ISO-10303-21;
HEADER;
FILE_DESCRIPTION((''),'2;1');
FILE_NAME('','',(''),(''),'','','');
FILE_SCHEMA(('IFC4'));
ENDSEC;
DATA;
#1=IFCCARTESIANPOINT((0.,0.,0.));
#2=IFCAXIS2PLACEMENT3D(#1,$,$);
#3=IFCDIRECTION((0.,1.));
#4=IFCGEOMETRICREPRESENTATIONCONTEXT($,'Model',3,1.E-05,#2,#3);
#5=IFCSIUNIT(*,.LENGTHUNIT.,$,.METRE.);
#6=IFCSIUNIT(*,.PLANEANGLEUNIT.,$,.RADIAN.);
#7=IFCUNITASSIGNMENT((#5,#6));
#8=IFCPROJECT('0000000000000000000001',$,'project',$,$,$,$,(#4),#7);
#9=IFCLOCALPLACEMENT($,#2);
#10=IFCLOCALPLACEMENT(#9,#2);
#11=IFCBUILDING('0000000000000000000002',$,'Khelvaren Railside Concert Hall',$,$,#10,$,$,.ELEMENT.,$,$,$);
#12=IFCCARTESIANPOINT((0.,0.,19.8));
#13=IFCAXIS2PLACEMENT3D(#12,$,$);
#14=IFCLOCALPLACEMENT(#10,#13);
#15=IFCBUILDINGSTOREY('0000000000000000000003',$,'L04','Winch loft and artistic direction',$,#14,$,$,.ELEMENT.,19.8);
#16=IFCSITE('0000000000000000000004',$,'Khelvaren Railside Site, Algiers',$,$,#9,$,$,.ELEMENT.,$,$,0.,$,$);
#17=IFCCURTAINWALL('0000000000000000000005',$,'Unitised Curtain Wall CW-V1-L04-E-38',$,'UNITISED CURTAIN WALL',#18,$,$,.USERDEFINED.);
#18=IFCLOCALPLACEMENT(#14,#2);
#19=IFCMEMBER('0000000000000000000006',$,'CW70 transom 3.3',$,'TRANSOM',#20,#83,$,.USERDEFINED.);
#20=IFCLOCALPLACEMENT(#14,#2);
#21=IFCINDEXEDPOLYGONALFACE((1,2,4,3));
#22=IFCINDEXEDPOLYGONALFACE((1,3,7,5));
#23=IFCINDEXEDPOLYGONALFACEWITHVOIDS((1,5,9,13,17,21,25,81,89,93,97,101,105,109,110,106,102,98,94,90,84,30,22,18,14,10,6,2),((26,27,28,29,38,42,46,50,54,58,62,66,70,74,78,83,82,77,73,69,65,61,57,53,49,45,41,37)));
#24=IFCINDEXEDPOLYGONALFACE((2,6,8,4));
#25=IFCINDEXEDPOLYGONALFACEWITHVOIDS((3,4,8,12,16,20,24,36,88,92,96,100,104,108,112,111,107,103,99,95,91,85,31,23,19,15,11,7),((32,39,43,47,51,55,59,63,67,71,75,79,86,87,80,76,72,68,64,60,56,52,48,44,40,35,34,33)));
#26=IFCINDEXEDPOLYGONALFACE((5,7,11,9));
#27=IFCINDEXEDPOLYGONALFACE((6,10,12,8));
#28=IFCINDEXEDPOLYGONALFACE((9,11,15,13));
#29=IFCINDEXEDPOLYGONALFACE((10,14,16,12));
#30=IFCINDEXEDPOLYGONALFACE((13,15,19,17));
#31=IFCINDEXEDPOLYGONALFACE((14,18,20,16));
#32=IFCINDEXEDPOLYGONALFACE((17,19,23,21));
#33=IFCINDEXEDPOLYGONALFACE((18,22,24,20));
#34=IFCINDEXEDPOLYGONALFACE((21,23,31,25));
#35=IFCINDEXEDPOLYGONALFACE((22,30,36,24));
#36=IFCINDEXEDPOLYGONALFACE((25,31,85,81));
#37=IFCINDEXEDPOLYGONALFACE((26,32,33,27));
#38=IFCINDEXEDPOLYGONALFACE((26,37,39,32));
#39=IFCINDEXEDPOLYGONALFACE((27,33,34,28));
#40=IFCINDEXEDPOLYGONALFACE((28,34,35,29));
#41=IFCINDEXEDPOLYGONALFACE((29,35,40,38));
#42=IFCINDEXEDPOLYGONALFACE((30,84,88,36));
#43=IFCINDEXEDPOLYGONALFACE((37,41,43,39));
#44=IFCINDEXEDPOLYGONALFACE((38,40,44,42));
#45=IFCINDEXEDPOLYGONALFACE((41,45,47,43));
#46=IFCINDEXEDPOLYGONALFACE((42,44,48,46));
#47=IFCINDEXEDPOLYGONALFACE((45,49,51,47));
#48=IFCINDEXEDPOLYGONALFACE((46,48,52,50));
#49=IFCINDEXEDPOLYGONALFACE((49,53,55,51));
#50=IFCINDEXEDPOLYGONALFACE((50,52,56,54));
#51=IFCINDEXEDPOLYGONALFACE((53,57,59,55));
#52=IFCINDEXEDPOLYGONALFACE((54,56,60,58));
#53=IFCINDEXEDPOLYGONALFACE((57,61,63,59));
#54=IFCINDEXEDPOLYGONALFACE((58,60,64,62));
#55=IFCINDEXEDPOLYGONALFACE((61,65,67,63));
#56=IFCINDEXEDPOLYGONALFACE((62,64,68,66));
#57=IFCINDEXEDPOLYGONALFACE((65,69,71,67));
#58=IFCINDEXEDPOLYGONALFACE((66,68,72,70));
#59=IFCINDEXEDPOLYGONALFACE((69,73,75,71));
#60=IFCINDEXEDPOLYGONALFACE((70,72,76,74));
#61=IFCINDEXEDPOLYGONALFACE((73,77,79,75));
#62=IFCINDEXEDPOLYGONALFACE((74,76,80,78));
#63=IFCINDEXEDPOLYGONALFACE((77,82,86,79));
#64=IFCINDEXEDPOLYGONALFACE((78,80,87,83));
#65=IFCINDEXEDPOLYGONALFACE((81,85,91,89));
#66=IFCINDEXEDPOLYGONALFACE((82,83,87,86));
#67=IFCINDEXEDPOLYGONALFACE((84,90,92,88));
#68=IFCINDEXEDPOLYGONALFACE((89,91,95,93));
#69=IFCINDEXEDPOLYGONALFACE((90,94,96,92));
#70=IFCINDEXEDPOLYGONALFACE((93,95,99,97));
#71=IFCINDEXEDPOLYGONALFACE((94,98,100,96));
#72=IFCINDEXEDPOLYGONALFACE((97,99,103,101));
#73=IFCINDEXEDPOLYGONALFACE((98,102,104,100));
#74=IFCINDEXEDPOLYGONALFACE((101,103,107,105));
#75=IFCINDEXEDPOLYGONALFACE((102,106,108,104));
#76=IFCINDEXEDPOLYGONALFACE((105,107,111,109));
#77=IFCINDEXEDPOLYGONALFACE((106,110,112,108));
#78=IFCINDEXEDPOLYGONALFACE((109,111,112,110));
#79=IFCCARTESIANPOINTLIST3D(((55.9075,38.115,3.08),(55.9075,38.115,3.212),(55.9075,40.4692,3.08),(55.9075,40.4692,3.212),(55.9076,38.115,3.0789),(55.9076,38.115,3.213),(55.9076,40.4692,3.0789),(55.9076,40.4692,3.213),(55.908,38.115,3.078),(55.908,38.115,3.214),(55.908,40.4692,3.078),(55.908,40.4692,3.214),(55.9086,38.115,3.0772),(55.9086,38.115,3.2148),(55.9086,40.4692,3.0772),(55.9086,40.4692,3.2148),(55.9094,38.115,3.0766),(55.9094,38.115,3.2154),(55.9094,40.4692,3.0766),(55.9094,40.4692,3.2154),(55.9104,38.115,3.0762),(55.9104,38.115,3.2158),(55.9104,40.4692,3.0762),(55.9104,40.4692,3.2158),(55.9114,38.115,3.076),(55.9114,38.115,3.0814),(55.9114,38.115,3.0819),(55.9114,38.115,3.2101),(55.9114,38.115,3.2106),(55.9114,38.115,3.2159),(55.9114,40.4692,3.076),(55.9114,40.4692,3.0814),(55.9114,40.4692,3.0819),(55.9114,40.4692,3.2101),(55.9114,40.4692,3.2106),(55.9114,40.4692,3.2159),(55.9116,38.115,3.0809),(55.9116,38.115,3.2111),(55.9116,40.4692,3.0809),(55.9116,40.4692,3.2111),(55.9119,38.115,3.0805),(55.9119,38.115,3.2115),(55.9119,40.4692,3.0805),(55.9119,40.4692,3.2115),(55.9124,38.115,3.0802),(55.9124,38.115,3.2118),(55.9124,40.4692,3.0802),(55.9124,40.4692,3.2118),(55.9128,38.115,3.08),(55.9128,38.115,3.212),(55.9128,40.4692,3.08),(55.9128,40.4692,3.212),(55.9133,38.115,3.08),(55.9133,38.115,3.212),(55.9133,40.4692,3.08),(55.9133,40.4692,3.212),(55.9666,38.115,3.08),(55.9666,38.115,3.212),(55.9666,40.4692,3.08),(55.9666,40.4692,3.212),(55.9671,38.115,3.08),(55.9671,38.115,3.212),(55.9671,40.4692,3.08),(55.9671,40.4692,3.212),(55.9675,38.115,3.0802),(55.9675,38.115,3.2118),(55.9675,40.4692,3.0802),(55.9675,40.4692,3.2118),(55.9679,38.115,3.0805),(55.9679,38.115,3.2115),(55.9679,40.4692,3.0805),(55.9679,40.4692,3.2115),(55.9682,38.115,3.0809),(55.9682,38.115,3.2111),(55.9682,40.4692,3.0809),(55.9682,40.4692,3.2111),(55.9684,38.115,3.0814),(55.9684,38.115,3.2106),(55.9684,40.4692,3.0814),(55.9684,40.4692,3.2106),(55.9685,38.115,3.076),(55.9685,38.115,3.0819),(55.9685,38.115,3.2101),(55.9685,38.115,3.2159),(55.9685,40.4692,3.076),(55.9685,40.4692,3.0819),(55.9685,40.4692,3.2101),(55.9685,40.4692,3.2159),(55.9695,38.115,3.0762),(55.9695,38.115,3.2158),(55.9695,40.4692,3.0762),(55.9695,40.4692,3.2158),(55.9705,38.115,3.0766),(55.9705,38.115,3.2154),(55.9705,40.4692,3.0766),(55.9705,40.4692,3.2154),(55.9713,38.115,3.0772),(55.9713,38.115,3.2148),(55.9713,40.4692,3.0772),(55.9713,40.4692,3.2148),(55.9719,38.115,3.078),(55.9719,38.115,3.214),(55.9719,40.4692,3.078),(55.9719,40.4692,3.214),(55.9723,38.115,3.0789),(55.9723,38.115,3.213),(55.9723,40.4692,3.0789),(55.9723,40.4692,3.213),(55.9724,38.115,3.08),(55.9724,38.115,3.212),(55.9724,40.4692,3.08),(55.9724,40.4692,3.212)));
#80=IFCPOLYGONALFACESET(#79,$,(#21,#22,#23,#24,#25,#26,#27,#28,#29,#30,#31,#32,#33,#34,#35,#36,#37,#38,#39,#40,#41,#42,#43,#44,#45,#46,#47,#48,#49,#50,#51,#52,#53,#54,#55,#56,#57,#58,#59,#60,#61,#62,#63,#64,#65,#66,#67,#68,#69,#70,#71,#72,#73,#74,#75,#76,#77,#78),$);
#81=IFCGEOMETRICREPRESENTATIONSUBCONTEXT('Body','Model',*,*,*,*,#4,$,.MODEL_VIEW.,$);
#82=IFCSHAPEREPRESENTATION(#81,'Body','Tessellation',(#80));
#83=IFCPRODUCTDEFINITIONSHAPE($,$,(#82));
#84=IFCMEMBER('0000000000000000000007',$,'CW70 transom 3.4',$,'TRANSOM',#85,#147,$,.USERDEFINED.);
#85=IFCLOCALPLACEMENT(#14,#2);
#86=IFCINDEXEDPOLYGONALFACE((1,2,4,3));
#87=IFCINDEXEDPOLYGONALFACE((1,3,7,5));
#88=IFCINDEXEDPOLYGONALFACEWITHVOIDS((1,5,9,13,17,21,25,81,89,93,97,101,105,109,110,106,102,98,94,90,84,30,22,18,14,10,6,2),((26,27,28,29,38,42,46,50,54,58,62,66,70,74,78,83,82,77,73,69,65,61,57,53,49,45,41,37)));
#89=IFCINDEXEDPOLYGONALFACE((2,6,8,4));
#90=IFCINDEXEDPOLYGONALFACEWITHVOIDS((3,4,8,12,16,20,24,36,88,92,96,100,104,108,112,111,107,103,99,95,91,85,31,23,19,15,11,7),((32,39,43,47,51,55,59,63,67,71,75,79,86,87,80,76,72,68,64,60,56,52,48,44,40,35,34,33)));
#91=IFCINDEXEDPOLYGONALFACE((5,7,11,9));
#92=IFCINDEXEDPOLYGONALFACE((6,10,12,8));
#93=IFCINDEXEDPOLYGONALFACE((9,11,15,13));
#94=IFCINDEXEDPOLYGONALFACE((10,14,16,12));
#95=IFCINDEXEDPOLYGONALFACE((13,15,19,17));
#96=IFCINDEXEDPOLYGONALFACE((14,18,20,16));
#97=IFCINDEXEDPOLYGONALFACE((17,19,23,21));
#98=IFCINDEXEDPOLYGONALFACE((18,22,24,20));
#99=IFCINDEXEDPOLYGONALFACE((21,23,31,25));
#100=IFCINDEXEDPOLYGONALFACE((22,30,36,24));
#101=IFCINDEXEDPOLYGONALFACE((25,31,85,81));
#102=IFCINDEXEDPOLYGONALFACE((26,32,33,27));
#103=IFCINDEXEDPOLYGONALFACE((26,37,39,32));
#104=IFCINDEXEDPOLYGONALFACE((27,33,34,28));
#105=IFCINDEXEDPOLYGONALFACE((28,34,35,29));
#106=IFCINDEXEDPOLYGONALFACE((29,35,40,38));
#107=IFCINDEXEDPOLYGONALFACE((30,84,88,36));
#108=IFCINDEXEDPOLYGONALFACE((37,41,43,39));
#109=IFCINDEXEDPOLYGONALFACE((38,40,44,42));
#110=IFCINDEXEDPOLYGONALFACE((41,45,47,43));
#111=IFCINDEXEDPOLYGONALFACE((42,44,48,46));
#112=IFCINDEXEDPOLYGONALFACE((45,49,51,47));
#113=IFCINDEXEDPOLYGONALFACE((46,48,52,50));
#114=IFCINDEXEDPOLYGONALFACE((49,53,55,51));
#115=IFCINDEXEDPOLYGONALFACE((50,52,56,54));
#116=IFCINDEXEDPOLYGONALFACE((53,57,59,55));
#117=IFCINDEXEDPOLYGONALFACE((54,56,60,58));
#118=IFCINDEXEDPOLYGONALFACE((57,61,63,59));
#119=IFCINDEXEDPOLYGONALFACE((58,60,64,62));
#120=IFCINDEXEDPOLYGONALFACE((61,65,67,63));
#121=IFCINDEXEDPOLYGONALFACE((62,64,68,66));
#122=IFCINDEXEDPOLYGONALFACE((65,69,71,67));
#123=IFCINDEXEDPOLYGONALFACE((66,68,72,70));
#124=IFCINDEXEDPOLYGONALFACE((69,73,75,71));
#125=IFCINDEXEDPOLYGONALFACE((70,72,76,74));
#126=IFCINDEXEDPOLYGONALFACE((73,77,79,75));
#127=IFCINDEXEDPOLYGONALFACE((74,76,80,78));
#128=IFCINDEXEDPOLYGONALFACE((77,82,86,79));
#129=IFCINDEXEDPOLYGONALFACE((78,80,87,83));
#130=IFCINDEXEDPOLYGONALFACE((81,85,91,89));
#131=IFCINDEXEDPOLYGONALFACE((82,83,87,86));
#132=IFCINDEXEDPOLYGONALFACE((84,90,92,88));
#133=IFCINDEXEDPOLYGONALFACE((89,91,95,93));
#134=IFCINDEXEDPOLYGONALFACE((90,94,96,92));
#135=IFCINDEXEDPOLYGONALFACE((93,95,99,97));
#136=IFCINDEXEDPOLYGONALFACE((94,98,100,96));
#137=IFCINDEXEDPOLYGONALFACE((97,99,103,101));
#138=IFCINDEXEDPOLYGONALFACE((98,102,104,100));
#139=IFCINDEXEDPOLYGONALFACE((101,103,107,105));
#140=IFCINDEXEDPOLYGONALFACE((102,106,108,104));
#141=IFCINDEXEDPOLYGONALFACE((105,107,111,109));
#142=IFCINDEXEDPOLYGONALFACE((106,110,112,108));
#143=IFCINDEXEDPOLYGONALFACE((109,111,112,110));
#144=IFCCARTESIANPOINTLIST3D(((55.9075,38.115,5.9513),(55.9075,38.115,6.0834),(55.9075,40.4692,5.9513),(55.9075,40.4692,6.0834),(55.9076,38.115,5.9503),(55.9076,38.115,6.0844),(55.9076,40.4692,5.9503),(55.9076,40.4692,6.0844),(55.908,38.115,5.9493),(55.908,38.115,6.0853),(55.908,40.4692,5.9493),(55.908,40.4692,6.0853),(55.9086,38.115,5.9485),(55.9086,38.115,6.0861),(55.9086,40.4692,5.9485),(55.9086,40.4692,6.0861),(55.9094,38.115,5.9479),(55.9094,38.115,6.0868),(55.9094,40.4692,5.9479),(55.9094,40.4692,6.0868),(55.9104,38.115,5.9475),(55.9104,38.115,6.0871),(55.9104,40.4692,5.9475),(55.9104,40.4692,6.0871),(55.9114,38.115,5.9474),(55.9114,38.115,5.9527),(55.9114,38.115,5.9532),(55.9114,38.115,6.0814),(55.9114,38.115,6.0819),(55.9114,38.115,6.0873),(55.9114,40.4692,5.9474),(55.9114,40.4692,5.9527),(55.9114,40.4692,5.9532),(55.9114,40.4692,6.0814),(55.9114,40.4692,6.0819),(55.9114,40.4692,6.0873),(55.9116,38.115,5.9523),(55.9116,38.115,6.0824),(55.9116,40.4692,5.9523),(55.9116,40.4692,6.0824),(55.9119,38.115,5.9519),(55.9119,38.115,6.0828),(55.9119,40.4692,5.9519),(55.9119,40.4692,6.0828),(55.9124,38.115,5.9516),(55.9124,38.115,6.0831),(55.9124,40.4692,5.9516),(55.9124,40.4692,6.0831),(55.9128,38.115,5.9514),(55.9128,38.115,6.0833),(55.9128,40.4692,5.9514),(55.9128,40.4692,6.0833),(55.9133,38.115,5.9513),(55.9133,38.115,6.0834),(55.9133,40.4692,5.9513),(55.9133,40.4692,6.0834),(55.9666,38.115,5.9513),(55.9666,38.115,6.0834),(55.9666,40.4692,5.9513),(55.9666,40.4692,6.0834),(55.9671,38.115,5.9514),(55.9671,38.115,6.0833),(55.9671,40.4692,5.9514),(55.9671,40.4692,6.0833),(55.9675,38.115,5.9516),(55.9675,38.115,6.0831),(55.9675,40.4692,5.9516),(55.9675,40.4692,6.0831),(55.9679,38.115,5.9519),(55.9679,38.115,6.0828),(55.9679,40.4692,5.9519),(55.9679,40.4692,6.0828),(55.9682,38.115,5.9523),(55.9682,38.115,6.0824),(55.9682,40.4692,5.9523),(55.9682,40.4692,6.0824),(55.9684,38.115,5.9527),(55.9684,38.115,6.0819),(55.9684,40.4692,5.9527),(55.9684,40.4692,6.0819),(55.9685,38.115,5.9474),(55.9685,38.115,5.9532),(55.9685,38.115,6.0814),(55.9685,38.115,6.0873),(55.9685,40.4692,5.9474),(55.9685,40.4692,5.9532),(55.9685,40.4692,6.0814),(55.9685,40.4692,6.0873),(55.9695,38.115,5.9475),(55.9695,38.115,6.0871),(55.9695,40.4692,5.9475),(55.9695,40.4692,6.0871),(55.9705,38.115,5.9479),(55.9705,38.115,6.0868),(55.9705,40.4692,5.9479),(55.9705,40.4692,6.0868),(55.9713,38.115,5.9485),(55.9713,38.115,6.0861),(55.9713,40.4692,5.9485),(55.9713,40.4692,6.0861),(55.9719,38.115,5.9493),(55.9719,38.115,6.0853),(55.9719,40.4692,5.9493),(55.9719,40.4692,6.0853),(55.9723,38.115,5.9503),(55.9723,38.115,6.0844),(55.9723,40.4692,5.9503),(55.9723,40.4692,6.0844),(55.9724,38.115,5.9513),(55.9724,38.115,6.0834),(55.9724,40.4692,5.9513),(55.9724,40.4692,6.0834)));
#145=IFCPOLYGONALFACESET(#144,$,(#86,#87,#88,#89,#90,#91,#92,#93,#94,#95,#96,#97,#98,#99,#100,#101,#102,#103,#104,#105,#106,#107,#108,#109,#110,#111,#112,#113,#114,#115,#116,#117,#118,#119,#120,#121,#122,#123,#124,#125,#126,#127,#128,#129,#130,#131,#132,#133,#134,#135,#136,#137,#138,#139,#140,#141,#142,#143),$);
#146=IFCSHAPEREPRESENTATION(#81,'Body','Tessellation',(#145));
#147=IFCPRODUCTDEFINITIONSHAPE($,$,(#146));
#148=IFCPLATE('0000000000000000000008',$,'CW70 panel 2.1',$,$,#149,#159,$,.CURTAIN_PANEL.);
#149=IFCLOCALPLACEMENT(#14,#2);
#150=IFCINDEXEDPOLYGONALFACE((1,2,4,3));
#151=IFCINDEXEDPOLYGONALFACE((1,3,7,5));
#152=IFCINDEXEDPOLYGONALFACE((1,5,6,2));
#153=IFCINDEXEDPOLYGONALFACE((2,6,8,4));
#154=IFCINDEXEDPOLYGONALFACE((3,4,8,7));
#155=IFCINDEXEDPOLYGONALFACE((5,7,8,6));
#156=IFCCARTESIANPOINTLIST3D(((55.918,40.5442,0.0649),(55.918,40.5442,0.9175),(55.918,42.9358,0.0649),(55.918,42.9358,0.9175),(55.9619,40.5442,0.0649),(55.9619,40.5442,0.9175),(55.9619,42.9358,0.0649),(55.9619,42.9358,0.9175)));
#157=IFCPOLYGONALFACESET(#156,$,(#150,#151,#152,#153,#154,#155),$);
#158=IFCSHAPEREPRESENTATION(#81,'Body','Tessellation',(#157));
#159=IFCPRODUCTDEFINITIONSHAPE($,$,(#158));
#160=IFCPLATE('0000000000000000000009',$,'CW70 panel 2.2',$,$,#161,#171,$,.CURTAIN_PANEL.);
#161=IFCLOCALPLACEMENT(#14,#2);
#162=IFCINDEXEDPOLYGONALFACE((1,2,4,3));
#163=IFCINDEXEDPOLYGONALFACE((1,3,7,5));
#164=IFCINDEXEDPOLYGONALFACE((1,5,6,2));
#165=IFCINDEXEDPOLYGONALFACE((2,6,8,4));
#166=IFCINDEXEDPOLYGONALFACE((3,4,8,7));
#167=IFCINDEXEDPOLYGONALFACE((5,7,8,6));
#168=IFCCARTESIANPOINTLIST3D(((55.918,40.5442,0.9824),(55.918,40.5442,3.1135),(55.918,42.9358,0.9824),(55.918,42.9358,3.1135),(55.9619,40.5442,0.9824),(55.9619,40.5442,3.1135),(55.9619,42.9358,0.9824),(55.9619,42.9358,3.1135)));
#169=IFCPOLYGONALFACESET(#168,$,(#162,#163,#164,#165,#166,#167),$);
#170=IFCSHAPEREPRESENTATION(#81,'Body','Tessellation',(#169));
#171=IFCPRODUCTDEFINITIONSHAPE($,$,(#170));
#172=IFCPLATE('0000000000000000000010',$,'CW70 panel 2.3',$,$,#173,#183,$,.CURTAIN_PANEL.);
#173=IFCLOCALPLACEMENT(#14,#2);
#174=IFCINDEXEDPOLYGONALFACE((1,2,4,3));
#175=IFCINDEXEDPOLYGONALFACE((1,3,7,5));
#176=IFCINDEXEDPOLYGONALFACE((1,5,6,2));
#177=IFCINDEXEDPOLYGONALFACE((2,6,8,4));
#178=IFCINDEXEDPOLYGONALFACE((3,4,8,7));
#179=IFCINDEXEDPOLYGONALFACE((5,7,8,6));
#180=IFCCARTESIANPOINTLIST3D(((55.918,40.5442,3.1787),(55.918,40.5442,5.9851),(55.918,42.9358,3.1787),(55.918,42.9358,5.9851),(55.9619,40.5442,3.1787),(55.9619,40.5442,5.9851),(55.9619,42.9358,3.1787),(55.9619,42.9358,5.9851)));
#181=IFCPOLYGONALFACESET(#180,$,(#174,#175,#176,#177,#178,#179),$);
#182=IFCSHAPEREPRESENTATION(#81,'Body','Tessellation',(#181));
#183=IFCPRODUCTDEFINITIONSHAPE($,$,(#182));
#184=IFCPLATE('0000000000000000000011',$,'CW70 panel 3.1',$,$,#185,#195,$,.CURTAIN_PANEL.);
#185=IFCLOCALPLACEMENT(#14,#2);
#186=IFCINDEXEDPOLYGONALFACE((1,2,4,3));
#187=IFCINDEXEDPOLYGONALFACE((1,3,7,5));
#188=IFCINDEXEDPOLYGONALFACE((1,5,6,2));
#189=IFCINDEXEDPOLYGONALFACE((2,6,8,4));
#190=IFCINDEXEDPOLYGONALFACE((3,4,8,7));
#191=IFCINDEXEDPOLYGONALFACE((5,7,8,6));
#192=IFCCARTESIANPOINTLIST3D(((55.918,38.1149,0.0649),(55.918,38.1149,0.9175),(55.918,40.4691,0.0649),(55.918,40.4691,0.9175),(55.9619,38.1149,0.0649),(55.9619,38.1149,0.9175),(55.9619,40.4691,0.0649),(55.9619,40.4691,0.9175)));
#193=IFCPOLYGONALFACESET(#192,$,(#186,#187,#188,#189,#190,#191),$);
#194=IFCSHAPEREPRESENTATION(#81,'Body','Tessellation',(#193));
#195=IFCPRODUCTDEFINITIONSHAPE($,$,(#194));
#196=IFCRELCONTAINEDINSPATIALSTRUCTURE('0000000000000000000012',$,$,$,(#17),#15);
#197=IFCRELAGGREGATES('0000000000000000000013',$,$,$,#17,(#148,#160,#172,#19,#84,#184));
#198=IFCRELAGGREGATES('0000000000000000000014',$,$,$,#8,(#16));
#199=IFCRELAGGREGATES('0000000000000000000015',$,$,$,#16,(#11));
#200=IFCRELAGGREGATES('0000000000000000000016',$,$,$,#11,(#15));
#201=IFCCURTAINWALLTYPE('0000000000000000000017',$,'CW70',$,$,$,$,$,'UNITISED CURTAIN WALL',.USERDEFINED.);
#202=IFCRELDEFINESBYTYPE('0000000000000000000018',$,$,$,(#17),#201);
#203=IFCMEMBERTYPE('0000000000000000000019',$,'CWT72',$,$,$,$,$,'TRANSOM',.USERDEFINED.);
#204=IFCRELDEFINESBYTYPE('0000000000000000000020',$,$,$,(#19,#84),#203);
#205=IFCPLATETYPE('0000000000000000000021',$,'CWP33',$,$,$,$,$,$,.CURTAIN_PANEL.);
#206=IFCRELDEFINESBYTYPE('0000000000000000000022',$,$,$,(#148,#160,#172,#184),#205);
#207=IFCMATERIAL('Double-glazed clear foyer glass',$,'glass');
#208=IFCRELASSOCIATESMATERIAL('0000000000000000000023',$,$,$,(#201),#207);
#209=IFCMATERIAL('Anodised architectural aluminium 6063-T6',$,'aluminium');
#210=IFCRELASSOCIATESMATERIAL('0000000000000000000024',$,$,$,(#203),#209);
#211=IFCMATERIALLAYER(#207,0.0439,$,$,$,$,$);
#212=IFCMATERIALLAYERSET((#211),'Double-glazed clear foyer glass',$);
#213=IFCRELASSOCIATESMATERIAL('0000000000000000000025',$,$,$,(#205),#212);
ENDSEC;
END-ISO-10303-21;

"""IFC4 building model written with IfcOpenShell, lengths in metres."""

from ifc_helpers import new_model, si_unit, direction, frame, origin, origin_2d, place, context, subcontext, project, spatial, rectangle, hollow_rectangle, extrude, material, layer, layer_set, material_profile, profile_set, type_object, element, aggregate, save


model = new_model("IFC4")

# Units and contexts
model_context = context("Model", 3, precision=1e-05, world=origin(), true_north=direction((0.0, 1.0)))
body_context = subcontext(model_context, "Body", "Model", "MODEL_VIEW")
ifc_project = project(units=[si_unit("LENGTHUNIT", "METRE"), si_unit("PLANEANGLEUNIT", "RADIAN")], contexts=[model_context])

# Site, building, storey
site_placement = place(None, origin())
site = spatial("IfcSite", under=ifc_project, at=site_placement, Name="Khelvaren Railside Site, Algiers", CompositionType="ELEMENT", RefElevation=0.0)
building_placement = place(site_placement, origin())
building = spatial("IfcBuilding", under=site, at=building_placement, Name="Khelvaren Railside Concert Hall", CompositionType="ELEMENT")
storey_placement = place(building_placement, frame((0.0, 0.0, 19.8)))
storey = spatial("IfcBuildingStorey", under=building, at=storey_placement, Name="L04", Description="Winch loft and artistic direction", CompositionType="ELEMENT", Elevation=19.8)

# Curtain wall, members, plates
ifc_material_1 = material(Name="Double-glazed clear foyer glass", Category="glass")
curtain_wall_type = type_object("IfcCurtainWallType", Name="CW70", ElementType="UNITISED CURTAIN WALL", PredefinedType="USERDEFINED", material=ifc_material_1)
curtain_wall_placement = place(storey_placement, origin())
curtain_wall = element("IfcCurtainWall", 1, at=curtain_wall_placement, inside=storey, type_object=curtain_wall_type, Name="Unitised Curtain Wall CW-V1-L04-E-38", ObjectType="UNITISED CURTAIN WALL", PredefinedType="USERDEFINED")
ifc_material_2 = material(Name="Anodised architectural aluminium 6063-T6", Category="aluminium")
ifc_material_profile_1 = material_profile(ifc_material_2, hollow_rectangle(XDim=0.0649, YDim=0.1399, WallThickness=0.0039, InnerFilletRadius=0.002, OuterFilletRadius=0.0039, at=origin_2d()), Name="CWT 65x140x4")
ifc_profile_set_1 = profile_set([ifc_material_profile_1], Name="Anodised architectural aluminium 6063-T6")
member_type = type_object("IfcMemberType", Name="CWT72", ElementType="TRANSOM", PredefinedType="USERDEFINED", material=ifc_profile_set_1)
member_1_placement = place(storey_placement, frame((55.9399, 40.4692, 3.146), z_axis=(0.0, -1.0, 0.0), x_axis=(1.0, 0.0, 0.0)))
member_1 = element("IfcMember", 2, at=member_1_placement, type_object=member_type, Name="CW70 transom 3.3", ObjectType="TRANSOM", PredefinedType="USERDEFINED", context=body_context, shape_type="SweptSolid", body=[
    extrude(hollow_rectangle(XDim=0.0649, YDim=0.1399, WallThickness=0.0039, InnerFilletRadius=0.002, OuterFilletRadius=0.0039, at=origin_2d()), origin(), (0.0, 0.0, 1.0), 2.3542),
])
member_2_placement = place(storey_placement, frame((55.9399, 40.4692, 6.0173), z_axis=(0.0, -1.0, 0.0), x_axis=(1.0, 0.0, 0.0)))
member_2 = element("IfcMember", 3, at=member_2_placement, type_object=member_type, Name="CW70 transom 3.4", ObjectType="TRANSOM", PredefinedType="USERDEFINED", context=body_context, shape_type="SweptSolid", body=[
    extrude(hollow_rectangle(XDim=0.0649, YDim=0.1399, WallThickness=0.0039, InnerFilletRadius=0.002, OuterFilletRadius=0.0039, at=origin_2d()), origin(), (0.0, 0.0, 1.0), 2.3542),
])
ifc_layer_1 = layer(ifc_material_1, 0.0439)
ifc_layer_set_1 = layer_set([ifc_layer_1], Name="Double-glazed clear foyer glass")
plate_type = type_object("IfcPlateType", Name="CWP33", PredefinedType="CURTAIN_PANEL", material=ifc_layer_set_1)
plate_1_placement = place(storey_placement, frame((55.9399, 41.74, 0.0649), z_axis=(0.0, 0.0, 1.0), x_axis=(0.0, -1.0, 0.0)))
plate_1 = element("IfcPlate", 4, at=plate_1_placement, type_object=plate_type, Name="CW70 panel 2.1", PredefinedType="CURTAIN_PANEL", context=body_context, shape_type="SweptSolid", body=[
    extrude(rectangle(XDim=2.3916, YDim=0.0439, at=origin_2d()), origin(), (0.0, 0.0, 1.0), 0.8525),
])
plate_2_placement = place(storey_placement, frame((55.9399, 41.74, 0.9824), z_axis=(0.0, 0.0, 1.0), x_axis=(0.0, -1.0, 0.0)))
plate_2 = element("IfcPlate", 5, at=plate_2_placement, type_object=plate_type, Name="CW70 panel 2.2", PredefinedType="CURTAIN_PANEL", context=body_context, shape_type="SweptSolid", body=[
    extrude(rectangle(XDim=2.3916, YDim=0.0439, at=origin_2d()), origin(), (0.0, 0.0, 1.0), 2.1311),
])
plate_3_placement = place(storey_placement, frame((55.9399, 41.74, 3.1787), z_axis=(0.0, 0.0, 1.0), x_axis=(0.0, -1.0, 0.0)))
plate_3 = element("IfcPlate", 6, at=plate_3_placement, type_object=plate_type, Name="CW70 panel 2.3", PredefinedType="CURTAIN_PANEL", context=body_context, shape_type="SweptSolid", body=[
    extrude(rectangle(XDim=2.3916, YDim=0.0439, at=origin_2d()), origin(), (0.0, 0.0, 1.0), 2.8064),
])
plate_4_placement = place(storey_placement, frame((55.9399, 39.292, 0.0649), z_axis=(0.0, 0.0, 1.0), x_axis=(0.0, -1.0, 0.0)))
plate_4 = element("IfcPlate", 7, at=plate_4_placement, type_object=plate_type, Name="CW70 panel 3.1", PredefinedType="CURTAIN_PANEL", context=body_context, shape_type="SweptSolid", body=[
    extrude(rectangle(XDim=2.3542, YDim=0.0439, at=origin_2d()), origin(), (0.0, 0.0, 1.0), 0.8525),
])
aggregate(curtain_wall, [plate_1, plate_2, plate_3, member_1, member_2, plate_4])

save(model, "model.ifc")
